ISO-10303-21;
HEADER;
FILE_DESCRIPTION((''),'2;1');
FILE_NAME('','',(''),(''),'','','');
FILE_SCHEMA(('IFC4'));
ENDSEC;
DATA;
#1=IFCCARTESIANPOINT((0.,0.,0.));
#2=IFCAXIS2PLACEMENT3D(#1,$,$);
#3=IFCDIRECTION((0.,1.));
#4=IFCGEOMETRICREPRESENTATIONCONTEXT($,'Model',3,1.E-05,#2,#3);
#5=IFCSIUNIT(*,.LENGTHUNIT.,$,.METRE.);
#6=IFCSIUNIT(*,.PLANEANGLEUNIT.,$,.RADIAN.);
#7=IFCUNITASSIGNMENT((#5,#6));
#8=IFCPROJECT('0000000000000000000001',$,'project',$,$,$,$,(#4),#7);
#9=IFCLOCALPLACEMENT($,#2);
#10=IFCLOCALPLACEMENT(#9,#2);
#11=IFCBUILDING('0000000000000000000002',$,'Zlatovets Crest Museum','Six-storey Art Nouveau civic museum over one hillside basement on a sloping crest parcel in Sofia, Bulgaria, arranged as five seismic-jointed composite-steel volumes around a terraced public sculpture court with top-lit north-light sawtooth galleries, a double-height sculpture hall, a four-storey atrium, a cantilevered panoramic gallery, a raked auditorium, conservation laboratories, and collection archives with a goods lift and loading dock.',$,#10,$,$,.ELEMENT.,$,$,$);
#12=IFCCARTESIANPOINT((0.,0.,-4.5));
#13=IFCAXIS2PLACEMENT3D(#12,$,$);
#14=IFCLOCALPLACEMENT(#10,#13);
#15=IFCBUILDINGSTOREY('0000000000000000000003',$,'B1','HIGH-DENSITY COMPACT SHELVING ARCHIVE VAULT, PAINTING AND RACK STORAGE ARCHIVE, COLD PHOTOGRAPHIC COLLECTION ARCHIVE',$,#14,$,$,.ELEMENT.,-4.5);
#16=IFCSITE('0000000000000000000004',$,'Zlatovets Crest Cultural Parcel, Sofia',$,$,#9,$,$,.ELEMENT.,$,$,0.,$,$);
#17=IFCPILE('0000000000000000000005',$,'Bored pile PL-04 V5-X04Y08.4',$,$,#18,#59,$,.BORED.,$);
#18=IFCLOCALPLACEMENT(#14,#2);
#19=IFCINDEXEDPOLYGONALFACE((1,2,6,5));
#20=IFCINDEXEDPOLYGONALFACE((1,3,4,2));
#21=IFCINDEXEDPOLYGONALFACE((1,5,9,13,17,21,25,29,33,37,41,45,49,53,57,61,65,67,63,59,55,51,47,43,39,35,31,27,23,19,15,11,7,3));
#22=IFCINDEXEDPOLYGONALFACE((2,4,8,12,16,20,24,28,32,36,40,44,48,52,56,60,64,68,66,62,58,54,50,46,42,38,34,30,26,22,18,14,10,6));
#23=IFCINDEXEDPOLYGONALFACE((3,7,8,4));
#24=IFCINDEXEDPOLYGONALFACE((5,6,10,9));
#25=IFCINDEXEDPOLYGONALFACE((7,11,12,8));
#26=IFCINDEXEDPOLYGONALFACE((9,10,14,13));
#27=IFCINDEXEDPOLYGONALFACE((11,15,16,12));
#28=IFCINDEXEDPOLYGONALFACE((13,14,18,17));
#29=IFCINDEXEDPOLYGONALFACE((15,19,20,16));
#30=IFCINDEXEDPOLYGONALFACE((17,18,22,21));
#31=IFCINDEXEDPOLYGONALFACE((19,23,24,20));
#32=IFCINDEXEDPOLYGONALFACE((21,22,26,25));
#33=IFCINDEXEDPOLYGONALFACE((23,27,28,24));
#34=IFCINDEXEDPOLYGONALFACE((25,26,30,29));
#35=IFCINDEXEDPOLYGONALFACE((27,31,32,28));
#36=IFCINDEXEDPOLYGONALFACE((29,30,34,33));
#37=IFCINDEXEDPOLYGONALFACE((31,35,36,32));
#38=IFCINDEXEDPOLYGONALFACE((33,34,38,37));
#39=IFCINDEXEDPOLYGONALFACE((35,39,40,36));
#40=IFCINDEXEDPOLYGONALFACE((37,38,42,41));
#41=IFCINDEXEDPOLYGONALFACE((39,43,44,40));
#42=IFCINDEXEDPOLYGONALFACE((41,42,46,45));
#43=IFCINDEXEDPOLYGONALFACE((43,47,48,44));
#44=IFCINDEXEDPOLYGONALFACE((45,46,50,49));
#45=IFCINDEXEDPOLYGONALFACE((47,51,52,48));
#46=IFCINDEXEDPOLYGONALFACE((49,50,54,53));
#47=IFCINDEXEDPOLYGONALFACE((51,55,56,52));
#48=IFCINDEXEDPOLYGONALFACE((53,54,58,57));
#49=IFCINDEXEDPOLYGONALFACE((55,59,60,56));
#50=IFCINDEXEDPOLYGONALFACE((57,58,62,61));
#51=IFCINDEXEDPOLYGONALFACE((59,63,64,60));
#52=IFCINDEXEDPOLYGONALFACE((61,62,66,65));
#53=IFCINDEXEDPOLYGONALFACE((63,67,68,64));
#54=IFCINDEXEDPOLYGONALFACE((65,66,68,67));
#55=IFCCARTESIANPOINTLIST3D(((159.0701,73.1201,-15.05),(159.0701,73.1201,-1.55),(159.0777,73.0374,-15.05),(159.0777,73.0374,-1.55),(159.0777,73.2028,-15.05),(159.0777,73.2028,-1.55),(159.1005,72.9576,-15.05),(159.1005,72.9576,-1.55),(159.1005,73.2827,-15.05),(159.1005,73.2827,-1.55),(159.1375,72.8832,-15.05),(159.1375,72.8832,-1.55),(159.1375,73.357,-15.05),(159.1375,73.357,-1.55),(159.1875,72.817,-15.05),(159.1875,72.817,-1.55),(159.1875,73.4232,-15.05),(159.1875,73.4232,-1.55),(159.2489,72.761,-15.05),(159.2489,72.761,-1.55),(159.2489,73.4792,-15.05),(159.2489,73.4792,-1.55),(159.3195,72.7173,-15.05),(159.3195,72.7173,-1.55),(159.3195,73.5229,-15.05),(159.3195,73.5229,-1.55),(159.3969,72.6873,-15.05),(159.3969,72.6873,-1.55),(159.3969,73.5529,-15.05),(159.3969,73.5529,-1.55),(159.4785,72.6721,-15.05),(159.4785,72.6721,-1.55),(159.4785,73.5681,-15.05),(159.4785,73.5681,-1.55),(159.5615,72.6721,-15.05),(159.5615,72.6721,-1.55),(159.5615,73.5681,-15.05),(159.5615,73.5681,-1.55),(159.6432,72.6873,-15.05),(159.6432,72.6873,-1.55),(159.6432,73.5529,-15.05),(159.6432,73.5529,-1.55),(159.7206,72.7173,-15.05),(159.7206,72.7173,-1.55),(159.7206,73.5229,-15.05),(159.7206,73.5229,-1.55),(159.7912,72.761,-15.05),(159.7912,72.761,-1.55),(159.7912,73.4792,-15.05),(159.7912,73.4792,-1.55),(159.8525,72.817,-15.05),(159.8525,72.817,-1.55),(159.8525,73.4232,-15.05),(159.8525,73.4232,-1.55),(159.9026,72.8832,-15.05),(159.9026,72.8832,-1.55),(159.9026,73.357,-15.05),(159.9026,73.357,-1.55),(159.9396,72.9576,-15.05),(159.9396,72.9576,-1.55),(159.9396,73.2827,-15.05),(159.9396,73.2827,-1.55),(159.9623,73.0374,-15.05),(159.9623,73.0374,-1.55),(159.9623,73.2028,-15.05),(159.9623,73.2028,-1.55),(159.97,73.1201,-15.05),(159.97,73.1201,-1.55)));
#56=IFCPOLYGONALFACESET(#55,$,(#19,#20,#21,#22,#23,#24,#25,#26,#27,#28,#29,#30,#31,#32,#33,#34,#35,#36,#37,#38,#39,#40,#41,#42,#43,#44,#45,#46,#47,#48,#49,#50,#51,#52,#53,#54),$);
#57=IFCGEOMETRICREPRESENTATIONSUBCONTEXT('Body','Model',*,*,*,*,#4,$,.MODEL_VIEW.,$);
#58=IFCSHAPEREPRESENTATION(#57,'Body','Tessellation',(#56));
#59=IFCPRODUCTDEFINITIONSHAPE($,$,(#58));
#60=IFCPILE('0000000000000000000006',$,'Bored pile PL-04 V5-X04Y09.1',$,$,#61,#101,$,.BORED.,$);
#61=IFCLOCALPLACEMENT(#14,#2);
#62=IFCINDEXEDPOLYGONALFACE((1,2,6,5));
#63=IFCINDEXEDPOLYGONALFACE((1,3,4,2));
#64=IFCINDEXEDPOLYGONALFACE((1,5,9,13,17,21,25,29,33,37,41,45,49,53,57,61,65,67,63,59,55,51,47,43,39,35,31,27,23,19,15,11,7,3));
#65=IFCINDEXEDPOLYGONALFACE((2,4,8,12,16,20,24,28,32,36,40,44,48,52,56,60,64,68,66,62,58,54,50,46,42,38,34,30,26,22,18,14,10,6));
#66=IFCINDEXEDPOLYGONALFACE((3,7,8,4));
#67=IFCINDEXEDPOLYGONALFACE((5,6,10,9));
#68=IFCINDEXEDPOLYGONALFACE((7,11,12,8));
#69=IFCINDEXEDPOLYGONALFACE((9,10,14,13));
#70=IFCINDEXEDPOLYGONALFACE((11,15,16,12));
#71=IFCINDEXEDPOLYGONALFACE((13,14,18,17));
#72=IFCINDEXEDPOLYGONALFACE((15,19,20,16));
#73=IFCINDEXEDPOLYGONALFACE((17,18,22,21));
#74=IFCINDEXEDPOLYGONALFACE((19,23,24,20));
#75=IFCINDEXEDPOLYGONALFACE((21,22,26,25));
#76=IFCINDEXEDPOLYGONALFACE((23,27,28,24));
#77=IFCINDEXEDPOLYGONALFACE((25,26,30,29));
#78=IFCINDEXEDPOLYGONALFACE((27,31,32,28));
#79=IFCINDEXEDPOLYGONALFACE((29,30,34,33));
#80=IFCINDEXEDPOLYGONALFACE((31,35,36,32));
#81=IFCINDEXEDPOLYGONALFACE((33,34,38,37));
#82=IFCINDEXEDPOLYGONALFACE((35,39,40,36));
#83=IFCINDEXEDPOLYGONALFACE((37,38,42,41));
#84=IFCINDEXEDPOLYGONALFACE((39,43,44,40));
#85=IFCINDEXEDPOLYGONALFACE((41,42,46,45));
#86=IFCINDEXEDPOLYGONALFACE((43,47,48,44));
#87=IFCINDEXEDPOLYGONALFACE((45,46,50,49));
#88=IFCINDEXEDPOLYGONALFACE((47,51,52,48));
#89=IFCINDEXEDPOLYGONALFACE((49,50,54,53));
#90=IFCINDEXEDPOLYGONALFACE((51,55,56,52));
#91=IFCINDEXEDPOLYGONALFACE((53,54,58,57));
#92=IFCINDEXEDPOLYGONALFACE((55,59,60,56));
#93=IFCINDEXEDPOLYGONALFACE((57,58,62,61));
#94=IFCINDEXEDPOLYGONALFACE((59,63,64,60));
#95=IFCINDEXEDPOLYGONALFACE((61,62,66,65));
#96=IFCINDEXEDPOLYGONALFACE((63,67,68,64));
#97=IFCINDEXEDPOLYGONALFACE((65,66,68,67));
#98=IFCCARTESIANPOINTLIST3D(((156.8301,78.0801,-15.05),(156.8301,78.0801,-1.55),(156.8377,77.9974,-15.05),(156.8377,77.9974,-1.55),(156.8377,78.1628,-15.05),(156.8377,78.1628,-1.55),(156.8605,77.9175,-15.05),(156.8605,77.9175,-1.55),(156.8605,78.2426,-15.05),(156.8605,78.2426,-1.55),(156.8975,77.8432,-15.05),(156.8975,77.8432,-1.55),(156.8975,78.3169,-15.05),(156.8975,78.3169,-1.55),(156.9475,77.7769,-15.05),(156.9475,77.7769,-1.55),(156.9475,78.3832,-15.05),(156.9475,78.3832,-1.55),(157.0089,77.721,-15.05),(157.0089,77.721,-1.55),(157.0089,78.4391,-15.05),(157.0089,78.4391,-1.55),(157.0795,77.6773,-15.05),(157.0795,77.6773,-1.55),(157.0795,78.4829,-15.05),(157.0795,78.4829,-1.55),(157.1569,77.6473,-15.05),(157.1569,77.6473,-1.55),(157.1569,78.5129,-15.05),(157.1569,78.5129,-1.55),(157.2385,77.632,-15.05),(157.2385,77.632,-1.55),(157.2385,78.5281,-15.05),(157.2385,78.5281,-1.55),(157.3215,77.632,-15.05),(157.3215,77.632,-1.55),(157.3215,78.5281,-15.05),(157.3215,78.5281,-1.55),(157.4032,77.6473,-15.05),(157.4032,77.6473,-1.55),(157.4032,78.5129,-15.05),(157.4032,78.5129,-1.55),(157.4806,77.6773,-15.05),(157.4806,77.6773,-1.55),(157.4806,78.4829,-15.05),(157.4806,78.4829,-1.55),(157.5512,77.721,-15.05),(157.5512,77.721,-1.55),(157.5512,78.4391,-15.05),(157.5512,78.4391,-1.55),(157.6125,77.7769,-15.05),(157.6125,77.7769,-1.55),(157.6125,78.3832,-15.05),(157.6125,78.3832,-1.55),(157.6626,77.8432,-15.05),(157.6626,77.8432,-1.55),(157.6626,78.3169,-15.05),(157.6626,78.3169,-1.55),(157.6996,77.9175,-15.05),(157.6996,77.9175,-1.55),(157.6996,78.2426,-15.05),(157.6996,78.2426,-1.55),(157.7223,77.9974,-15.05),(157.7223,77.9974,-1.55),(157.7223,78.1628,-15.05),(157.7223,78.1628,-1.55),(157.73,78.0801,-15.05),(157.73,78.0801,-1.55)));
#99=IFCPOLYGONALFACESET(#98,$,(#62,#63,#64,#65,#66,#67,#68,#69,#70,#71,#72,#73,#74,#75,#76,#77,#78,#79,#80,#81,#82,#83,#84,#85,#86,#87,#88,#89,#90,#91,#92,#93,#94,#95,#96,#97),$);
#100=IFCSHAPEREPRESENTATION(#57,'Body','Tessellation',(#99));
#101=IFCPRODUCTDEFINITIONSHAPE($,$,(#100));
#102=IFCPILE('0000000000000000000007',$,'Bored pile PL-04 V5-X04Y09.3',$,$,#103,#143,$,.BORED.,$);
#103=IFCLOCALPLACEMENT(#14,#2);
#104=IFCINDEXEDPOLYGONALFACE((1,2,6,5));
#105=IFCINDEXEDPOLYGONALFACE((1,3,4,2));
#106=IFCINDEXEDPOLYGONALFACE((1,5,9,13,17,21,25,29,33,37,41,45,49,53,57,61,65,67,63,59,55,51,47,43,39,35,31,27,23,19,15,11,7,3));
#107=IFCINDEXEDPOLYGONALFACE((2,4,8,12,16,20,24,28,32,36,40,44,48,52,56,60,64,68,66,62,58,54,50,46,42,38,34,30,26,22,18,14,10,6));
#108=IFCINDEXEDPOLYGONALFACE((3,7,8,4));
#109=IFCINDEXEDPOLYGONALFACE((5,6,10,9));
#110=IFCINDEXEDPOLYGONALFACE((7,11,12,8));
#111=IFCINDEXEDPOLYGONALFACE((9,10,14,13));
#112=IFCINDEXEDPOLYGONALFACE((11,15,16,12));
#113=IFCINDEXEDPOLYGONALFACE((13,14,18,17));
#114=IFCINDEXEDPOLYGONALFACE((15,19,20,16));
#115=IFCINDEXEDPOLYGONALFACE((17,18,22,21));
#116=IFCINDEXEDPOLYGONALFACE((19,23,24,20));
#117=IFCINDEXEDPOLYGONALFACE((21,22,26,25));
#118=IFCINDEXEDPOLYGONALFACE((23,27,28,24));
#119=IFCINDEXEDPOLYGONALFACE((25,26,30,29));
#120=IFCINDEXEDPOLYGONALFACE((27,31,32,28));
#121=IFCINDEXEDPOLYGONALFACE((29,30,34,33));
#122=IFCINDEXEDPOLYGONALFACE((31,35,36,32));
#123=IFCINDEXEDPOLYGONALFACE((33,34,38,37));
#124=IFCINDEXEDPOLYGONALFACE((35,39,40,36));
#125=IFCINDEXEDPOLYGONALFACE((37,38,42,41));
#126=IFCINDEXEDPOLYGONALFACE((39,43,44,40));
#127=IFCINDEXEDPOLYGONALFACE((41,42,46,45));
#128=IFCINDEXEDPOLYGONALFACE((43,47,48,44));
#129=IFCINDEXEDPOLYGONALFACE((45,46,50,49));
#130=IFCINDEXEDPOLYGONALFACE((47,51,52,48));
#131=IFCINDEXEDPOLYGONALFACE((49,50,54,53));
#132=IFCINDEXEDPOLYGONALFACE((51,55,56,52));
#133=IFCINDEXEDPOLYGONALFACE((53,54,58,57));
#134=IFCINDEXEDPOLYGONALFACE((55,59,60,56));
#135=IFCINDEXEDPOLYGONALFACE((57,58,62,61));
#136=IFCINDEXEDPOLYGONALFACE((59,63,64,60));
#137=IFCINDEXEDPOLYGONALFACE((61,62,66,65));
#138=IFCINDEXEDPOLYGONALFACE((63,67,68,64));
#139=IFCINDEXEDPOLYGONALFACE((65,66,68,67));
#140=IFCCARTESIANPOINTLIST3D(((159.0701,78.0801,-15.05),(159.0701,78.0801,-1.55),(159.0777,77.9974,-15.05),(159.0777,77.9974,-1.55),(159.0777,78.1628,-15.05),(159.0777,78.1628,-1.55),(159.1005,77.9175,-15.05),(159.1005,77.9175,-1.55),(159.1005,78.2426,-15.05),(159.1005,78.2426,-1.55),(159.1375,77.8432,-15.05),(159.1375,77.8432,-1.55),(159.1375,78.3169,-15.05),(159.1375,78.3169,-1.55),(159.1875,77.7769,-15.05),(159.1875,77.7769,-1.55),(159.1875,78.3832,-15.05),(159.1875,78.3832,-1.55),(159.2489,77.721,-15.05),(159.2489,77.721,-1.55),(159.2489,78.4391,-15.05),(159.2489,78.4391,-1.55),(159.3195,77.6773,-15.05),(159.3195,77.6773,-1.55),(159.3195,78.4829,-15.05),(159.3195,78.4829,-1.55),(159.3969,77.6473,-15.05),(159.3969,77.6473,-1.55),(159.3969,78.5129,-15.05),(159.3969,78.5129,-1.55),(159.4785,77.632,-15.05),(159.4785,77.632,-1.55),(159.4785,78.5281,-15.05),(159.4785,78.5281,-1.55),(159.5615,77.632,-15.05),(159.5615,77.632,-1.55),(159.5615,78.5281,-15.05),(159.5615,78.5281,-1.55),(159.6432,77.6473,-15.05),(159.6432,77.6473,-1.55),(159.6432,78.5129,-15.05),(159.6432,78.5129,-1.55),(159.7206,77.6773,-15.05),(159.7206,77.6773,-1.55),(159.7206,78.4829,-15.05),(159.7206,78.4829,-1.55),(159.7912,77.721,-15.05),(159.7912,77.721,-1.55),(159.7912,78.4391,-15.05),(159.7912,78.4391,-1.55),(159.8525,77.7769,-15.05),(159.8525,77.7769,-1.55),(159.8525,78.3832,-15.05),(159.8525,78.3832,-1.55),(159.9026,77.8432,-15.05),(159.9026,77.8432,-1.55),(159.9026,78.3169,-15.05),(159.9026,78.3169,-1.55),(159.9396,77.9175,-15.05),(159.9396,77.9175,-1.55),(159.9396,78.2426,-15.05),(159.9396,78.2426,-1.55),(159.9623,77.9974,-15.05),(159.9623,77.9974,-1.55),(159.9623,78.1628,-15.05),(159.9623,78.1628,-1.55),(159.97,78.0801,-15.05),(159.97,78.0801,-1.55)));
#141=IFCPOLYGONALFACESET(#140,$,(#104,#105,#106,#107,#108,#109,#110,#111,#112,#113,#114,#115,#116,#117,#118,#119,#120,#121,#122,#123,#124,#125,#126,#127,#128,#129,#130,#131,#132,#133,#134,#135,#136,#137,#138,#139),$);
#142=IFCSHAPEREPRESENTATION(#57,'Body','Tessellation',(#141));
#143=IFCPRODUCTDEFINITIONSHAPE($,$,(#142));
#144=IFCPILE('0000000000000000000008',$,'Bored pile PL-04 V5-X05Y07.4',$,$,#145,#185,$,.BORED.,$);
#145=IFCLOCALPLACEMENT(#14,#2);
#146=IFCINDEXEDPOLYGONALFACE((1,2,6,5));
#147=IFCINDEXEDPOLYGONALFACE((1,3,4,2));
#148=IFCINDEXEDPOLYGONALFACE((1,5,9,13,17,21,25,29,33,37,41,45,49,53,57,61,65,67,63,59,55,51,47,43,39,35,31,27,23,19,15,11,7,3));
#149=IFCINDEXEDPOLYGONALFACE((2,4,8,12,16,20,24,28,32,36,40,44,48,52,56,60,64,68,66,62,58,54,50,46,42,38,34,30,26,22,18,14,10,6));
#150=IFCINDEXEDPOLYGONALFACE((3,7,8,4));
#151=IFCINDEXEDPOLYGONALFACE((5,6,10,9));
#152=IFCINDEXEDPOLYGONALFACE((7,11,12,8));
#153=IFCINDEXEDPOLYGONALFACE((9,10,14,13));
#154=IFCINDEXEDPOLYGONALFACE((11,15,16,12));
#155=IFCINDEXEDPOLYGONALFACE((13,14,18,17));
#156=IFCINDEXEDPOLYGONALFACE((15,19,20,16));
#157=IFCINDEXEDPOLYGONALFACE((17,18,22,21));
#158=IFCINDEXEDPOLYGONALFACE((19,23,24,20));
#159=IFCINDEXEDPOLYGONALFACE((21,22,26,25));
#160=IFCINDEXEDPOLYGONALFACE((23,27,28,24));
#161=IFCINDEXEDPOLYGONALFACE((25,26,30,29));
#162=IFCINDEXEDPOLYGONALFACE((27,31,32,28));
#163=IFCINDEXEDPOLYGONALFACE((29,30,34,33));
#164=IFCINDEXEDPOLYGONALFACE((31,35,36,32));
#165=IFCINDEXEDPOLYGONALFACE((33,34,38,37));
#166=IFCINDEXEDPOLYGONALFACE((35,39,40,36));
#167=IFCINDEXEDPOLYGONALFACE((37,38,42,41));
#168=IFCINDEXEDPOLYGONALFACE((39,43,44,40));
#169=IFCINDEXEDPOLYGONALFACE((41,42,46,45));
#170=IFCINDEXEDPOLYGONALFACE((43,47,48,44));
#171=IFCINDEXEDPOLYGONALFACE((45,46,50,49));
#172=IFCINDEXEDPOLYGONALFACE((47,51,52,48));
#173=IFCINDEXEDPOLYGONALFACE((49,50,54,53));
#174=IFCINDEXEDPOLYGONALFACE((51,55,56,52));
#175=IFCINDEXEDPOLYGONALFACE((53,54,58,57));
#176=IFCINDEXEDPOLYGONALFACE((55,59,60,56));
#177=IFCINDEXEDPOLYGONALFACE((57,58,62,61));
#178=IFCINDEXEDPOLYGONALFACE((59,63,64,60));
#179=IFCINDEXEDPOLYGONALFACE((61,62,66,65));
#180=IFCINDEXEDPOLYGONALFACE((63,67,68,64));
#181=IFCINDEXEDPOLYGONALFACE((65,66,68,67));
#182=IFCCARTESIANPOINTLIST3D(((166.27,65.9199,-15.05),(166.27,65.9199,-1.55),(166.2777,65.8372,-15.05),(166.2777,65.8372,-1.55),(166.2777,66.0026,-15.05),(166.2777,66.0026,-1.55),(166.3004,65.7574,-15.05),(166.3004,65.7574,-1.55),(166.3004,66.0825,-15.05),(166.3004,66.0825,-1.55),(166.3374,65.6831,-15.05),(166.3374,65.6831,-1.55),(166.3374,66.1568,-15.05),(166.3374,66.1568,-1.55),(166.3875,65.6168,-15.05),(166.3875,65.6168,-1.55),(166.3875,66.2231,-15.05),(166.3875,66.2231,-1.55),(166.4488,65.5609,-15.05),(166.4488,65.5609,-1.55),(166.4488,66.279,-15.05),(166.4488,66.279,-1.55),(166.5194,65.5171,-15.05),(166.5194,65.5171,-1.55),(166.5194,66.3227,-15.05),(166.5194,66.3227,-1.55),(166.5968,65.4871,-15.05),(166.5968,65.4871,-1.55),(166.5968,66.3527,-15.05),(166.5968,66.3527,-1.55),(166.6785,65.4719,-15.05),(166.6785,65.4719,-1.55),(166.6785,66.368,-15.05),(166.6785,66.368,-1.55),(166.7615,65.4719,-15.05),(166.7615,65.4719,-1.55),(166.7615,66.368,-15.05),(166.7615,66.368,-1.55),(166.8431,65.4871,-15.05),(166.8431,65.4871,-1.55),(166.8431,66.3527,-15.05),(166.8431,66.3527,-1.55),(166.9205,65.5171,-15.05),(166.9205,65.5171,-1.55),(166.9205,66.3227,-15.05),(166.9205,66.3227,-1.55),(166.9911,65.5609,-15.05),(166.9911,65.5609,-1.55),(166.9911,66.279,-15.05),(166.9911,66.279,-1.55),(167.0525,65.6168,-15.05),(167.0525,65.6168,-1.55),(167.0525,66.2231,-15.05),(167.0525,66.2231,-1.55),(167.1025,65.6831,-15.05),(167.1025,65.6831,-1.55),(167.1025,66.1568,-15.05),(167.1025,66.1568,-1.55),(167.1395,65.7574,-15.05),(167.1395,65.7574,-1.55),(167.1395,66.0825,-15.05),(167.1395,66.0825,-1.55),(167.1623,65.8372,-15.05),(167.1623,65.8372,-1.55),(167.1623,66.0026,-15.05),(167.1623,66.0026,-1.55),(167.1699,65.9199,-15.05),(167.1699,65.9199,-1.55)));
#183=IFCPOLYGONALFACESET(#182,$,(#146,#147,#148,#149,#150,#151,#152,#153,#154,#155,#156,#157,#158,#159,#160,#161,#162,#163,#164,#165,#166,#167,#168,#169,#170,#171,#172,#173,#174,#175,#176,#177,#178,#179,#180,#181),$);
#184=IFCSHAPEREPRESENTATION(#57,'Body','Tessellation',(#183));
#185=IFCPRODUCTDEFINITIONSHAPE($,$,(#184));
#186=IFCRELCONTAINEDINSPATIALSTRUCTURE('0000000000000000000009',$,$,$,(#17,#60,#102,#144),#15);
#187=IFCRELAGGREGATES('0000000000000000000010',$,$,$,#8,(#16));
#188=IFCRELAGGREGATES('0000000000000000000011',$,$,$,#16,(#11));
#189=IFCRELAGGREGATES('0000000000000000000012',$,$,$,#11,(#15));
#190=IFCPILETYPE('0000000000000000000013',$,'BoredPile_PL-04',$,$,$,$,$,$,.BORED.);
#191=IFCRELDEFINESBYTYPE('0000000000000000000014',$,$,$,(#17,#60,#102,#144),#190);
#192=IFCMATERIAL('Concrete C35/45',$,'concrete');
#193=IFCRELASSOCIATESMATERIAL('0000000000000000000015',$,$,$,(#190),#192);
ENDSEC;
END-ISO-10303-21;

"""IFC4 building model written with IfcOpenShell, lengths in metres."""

from ifc_helpers import new_model, si_unit, direction, frame, origin, origin_2d, place, context, subcontext, project, spatial, circle, extrude, material, material_profile, profile_set, type_object, element, save


model = new_model("IFC4")

# Units and contexts
model_context = context("Model", 3, precision=1e-05, world=origin(), true_north=direction((0.0, 1.0)))
body_context = subcontext(model_context, "Body", "Model", "MODEL_VIEW")
ifc_project = project(units=[si_unit("LENGTHUNIT", "METRE"), si_unit("PLANEANGLEUNIT", "RADIAN")], contexts=[model_context])

# Site, building, storey
site_placement = place(None, origin())
site = spatial("IfcSite", under=ifc_project, at=site_placement, Name="Zlatovets Crest Cultural Parcel, Sofia", CompositionType="ELEMENT", RefElevation=0.0)
building_placement = place(site_placement, origin())
building = spatial("IfcBuilding", under=site, at=building_placement, Name="Zlatovets Crest Museum", Description="Six-storey Art Nouveau civic museum over one hillside basement on a sloping crest parcel in Sofia, Bulgaria, arranged as five seismic-jointed composite-steel volumes around a terraced public sculpture court with top-lit north-light sawtooth galleries, a double-height sculpture hall, a four-storey atrium, a cantilevered panoramic gallery, a raked auditorium, conservation laboratories, and collection archives with a goods lift and loading dock.", CompositionType="ELEMENT")
storey_placement = place(building_placement, frame((0.0, 0.0, -4.5)))
storey = spatial("IfcBuildingStorey", under=building, at=storey_placement, Name="B1", Description="HIGH-DENSITY COMPACT SHELVING ARCHIVE VAULT, PAINTING AND RACK STORAGE ARCHIVE, COLD PHOTOGRAPHIC COLLECTION ARCHIVE", CompositionType="ELEMENT", Elevation=-4.5)

# Piles
ifc_material = material(Name="Concrete C35/45", Category="concrete")
ifc_material_profile_1 = material_profile(ifc_material, circle(Radius=0.45, at=origin_2d()), Name="PILE D900")
ifc_profile_set_1 = profile_set([ifc_material_profile_1], Name="Concrete C35/45")
pile_type = type_object("IfcPileType", Name="BoredPile_PL-04", PredefinedType="BORED", material=ifc_profile_set_1)
for number, where, z_axis, x_axis, name in (
    (1, (159.52, 73.1201, -1.55), (0.0, 0.0, -1.0), (1.0, 0.0, 0.0), "Bored pile PL-04 V5-X04Y08.4"),
    (2, (157.28, 78.0801, -1.55), (0.0, 0.0, -1.0), (1.0, 0.0, 0.0), "Bored pile PL-04 V5-X04Y09.1"),
    (3, (159.52, 78.0801, -1.55), (0.0, 0.0, -1.0), (1.0, 0.0, 0.0), "Bored pile PL-04 V5-X04Y09.3"),
    (4, (166.72, 65.9199, -1.55), (0.0, 0.0, -1.0), (1.0, 0.0, 0.0), "Bored pile PL-04 V5-X05Y07.4"),
):
    element("IfcPile", number, at=place(storey_placement, frame(where, z_axis=z_axis, x_axis=x_axis)), inside=storey, type_object=pile_type, Name=name, PredefinedType="BORED", context=body_context, shape_type="SweptSolid", body=[
        extrude(circle(Radius=0.45, at=origin_2d()), origin(), (0.0, 0.0, 1.0), 13.5),
    ])

save(model, "model.ifc")
